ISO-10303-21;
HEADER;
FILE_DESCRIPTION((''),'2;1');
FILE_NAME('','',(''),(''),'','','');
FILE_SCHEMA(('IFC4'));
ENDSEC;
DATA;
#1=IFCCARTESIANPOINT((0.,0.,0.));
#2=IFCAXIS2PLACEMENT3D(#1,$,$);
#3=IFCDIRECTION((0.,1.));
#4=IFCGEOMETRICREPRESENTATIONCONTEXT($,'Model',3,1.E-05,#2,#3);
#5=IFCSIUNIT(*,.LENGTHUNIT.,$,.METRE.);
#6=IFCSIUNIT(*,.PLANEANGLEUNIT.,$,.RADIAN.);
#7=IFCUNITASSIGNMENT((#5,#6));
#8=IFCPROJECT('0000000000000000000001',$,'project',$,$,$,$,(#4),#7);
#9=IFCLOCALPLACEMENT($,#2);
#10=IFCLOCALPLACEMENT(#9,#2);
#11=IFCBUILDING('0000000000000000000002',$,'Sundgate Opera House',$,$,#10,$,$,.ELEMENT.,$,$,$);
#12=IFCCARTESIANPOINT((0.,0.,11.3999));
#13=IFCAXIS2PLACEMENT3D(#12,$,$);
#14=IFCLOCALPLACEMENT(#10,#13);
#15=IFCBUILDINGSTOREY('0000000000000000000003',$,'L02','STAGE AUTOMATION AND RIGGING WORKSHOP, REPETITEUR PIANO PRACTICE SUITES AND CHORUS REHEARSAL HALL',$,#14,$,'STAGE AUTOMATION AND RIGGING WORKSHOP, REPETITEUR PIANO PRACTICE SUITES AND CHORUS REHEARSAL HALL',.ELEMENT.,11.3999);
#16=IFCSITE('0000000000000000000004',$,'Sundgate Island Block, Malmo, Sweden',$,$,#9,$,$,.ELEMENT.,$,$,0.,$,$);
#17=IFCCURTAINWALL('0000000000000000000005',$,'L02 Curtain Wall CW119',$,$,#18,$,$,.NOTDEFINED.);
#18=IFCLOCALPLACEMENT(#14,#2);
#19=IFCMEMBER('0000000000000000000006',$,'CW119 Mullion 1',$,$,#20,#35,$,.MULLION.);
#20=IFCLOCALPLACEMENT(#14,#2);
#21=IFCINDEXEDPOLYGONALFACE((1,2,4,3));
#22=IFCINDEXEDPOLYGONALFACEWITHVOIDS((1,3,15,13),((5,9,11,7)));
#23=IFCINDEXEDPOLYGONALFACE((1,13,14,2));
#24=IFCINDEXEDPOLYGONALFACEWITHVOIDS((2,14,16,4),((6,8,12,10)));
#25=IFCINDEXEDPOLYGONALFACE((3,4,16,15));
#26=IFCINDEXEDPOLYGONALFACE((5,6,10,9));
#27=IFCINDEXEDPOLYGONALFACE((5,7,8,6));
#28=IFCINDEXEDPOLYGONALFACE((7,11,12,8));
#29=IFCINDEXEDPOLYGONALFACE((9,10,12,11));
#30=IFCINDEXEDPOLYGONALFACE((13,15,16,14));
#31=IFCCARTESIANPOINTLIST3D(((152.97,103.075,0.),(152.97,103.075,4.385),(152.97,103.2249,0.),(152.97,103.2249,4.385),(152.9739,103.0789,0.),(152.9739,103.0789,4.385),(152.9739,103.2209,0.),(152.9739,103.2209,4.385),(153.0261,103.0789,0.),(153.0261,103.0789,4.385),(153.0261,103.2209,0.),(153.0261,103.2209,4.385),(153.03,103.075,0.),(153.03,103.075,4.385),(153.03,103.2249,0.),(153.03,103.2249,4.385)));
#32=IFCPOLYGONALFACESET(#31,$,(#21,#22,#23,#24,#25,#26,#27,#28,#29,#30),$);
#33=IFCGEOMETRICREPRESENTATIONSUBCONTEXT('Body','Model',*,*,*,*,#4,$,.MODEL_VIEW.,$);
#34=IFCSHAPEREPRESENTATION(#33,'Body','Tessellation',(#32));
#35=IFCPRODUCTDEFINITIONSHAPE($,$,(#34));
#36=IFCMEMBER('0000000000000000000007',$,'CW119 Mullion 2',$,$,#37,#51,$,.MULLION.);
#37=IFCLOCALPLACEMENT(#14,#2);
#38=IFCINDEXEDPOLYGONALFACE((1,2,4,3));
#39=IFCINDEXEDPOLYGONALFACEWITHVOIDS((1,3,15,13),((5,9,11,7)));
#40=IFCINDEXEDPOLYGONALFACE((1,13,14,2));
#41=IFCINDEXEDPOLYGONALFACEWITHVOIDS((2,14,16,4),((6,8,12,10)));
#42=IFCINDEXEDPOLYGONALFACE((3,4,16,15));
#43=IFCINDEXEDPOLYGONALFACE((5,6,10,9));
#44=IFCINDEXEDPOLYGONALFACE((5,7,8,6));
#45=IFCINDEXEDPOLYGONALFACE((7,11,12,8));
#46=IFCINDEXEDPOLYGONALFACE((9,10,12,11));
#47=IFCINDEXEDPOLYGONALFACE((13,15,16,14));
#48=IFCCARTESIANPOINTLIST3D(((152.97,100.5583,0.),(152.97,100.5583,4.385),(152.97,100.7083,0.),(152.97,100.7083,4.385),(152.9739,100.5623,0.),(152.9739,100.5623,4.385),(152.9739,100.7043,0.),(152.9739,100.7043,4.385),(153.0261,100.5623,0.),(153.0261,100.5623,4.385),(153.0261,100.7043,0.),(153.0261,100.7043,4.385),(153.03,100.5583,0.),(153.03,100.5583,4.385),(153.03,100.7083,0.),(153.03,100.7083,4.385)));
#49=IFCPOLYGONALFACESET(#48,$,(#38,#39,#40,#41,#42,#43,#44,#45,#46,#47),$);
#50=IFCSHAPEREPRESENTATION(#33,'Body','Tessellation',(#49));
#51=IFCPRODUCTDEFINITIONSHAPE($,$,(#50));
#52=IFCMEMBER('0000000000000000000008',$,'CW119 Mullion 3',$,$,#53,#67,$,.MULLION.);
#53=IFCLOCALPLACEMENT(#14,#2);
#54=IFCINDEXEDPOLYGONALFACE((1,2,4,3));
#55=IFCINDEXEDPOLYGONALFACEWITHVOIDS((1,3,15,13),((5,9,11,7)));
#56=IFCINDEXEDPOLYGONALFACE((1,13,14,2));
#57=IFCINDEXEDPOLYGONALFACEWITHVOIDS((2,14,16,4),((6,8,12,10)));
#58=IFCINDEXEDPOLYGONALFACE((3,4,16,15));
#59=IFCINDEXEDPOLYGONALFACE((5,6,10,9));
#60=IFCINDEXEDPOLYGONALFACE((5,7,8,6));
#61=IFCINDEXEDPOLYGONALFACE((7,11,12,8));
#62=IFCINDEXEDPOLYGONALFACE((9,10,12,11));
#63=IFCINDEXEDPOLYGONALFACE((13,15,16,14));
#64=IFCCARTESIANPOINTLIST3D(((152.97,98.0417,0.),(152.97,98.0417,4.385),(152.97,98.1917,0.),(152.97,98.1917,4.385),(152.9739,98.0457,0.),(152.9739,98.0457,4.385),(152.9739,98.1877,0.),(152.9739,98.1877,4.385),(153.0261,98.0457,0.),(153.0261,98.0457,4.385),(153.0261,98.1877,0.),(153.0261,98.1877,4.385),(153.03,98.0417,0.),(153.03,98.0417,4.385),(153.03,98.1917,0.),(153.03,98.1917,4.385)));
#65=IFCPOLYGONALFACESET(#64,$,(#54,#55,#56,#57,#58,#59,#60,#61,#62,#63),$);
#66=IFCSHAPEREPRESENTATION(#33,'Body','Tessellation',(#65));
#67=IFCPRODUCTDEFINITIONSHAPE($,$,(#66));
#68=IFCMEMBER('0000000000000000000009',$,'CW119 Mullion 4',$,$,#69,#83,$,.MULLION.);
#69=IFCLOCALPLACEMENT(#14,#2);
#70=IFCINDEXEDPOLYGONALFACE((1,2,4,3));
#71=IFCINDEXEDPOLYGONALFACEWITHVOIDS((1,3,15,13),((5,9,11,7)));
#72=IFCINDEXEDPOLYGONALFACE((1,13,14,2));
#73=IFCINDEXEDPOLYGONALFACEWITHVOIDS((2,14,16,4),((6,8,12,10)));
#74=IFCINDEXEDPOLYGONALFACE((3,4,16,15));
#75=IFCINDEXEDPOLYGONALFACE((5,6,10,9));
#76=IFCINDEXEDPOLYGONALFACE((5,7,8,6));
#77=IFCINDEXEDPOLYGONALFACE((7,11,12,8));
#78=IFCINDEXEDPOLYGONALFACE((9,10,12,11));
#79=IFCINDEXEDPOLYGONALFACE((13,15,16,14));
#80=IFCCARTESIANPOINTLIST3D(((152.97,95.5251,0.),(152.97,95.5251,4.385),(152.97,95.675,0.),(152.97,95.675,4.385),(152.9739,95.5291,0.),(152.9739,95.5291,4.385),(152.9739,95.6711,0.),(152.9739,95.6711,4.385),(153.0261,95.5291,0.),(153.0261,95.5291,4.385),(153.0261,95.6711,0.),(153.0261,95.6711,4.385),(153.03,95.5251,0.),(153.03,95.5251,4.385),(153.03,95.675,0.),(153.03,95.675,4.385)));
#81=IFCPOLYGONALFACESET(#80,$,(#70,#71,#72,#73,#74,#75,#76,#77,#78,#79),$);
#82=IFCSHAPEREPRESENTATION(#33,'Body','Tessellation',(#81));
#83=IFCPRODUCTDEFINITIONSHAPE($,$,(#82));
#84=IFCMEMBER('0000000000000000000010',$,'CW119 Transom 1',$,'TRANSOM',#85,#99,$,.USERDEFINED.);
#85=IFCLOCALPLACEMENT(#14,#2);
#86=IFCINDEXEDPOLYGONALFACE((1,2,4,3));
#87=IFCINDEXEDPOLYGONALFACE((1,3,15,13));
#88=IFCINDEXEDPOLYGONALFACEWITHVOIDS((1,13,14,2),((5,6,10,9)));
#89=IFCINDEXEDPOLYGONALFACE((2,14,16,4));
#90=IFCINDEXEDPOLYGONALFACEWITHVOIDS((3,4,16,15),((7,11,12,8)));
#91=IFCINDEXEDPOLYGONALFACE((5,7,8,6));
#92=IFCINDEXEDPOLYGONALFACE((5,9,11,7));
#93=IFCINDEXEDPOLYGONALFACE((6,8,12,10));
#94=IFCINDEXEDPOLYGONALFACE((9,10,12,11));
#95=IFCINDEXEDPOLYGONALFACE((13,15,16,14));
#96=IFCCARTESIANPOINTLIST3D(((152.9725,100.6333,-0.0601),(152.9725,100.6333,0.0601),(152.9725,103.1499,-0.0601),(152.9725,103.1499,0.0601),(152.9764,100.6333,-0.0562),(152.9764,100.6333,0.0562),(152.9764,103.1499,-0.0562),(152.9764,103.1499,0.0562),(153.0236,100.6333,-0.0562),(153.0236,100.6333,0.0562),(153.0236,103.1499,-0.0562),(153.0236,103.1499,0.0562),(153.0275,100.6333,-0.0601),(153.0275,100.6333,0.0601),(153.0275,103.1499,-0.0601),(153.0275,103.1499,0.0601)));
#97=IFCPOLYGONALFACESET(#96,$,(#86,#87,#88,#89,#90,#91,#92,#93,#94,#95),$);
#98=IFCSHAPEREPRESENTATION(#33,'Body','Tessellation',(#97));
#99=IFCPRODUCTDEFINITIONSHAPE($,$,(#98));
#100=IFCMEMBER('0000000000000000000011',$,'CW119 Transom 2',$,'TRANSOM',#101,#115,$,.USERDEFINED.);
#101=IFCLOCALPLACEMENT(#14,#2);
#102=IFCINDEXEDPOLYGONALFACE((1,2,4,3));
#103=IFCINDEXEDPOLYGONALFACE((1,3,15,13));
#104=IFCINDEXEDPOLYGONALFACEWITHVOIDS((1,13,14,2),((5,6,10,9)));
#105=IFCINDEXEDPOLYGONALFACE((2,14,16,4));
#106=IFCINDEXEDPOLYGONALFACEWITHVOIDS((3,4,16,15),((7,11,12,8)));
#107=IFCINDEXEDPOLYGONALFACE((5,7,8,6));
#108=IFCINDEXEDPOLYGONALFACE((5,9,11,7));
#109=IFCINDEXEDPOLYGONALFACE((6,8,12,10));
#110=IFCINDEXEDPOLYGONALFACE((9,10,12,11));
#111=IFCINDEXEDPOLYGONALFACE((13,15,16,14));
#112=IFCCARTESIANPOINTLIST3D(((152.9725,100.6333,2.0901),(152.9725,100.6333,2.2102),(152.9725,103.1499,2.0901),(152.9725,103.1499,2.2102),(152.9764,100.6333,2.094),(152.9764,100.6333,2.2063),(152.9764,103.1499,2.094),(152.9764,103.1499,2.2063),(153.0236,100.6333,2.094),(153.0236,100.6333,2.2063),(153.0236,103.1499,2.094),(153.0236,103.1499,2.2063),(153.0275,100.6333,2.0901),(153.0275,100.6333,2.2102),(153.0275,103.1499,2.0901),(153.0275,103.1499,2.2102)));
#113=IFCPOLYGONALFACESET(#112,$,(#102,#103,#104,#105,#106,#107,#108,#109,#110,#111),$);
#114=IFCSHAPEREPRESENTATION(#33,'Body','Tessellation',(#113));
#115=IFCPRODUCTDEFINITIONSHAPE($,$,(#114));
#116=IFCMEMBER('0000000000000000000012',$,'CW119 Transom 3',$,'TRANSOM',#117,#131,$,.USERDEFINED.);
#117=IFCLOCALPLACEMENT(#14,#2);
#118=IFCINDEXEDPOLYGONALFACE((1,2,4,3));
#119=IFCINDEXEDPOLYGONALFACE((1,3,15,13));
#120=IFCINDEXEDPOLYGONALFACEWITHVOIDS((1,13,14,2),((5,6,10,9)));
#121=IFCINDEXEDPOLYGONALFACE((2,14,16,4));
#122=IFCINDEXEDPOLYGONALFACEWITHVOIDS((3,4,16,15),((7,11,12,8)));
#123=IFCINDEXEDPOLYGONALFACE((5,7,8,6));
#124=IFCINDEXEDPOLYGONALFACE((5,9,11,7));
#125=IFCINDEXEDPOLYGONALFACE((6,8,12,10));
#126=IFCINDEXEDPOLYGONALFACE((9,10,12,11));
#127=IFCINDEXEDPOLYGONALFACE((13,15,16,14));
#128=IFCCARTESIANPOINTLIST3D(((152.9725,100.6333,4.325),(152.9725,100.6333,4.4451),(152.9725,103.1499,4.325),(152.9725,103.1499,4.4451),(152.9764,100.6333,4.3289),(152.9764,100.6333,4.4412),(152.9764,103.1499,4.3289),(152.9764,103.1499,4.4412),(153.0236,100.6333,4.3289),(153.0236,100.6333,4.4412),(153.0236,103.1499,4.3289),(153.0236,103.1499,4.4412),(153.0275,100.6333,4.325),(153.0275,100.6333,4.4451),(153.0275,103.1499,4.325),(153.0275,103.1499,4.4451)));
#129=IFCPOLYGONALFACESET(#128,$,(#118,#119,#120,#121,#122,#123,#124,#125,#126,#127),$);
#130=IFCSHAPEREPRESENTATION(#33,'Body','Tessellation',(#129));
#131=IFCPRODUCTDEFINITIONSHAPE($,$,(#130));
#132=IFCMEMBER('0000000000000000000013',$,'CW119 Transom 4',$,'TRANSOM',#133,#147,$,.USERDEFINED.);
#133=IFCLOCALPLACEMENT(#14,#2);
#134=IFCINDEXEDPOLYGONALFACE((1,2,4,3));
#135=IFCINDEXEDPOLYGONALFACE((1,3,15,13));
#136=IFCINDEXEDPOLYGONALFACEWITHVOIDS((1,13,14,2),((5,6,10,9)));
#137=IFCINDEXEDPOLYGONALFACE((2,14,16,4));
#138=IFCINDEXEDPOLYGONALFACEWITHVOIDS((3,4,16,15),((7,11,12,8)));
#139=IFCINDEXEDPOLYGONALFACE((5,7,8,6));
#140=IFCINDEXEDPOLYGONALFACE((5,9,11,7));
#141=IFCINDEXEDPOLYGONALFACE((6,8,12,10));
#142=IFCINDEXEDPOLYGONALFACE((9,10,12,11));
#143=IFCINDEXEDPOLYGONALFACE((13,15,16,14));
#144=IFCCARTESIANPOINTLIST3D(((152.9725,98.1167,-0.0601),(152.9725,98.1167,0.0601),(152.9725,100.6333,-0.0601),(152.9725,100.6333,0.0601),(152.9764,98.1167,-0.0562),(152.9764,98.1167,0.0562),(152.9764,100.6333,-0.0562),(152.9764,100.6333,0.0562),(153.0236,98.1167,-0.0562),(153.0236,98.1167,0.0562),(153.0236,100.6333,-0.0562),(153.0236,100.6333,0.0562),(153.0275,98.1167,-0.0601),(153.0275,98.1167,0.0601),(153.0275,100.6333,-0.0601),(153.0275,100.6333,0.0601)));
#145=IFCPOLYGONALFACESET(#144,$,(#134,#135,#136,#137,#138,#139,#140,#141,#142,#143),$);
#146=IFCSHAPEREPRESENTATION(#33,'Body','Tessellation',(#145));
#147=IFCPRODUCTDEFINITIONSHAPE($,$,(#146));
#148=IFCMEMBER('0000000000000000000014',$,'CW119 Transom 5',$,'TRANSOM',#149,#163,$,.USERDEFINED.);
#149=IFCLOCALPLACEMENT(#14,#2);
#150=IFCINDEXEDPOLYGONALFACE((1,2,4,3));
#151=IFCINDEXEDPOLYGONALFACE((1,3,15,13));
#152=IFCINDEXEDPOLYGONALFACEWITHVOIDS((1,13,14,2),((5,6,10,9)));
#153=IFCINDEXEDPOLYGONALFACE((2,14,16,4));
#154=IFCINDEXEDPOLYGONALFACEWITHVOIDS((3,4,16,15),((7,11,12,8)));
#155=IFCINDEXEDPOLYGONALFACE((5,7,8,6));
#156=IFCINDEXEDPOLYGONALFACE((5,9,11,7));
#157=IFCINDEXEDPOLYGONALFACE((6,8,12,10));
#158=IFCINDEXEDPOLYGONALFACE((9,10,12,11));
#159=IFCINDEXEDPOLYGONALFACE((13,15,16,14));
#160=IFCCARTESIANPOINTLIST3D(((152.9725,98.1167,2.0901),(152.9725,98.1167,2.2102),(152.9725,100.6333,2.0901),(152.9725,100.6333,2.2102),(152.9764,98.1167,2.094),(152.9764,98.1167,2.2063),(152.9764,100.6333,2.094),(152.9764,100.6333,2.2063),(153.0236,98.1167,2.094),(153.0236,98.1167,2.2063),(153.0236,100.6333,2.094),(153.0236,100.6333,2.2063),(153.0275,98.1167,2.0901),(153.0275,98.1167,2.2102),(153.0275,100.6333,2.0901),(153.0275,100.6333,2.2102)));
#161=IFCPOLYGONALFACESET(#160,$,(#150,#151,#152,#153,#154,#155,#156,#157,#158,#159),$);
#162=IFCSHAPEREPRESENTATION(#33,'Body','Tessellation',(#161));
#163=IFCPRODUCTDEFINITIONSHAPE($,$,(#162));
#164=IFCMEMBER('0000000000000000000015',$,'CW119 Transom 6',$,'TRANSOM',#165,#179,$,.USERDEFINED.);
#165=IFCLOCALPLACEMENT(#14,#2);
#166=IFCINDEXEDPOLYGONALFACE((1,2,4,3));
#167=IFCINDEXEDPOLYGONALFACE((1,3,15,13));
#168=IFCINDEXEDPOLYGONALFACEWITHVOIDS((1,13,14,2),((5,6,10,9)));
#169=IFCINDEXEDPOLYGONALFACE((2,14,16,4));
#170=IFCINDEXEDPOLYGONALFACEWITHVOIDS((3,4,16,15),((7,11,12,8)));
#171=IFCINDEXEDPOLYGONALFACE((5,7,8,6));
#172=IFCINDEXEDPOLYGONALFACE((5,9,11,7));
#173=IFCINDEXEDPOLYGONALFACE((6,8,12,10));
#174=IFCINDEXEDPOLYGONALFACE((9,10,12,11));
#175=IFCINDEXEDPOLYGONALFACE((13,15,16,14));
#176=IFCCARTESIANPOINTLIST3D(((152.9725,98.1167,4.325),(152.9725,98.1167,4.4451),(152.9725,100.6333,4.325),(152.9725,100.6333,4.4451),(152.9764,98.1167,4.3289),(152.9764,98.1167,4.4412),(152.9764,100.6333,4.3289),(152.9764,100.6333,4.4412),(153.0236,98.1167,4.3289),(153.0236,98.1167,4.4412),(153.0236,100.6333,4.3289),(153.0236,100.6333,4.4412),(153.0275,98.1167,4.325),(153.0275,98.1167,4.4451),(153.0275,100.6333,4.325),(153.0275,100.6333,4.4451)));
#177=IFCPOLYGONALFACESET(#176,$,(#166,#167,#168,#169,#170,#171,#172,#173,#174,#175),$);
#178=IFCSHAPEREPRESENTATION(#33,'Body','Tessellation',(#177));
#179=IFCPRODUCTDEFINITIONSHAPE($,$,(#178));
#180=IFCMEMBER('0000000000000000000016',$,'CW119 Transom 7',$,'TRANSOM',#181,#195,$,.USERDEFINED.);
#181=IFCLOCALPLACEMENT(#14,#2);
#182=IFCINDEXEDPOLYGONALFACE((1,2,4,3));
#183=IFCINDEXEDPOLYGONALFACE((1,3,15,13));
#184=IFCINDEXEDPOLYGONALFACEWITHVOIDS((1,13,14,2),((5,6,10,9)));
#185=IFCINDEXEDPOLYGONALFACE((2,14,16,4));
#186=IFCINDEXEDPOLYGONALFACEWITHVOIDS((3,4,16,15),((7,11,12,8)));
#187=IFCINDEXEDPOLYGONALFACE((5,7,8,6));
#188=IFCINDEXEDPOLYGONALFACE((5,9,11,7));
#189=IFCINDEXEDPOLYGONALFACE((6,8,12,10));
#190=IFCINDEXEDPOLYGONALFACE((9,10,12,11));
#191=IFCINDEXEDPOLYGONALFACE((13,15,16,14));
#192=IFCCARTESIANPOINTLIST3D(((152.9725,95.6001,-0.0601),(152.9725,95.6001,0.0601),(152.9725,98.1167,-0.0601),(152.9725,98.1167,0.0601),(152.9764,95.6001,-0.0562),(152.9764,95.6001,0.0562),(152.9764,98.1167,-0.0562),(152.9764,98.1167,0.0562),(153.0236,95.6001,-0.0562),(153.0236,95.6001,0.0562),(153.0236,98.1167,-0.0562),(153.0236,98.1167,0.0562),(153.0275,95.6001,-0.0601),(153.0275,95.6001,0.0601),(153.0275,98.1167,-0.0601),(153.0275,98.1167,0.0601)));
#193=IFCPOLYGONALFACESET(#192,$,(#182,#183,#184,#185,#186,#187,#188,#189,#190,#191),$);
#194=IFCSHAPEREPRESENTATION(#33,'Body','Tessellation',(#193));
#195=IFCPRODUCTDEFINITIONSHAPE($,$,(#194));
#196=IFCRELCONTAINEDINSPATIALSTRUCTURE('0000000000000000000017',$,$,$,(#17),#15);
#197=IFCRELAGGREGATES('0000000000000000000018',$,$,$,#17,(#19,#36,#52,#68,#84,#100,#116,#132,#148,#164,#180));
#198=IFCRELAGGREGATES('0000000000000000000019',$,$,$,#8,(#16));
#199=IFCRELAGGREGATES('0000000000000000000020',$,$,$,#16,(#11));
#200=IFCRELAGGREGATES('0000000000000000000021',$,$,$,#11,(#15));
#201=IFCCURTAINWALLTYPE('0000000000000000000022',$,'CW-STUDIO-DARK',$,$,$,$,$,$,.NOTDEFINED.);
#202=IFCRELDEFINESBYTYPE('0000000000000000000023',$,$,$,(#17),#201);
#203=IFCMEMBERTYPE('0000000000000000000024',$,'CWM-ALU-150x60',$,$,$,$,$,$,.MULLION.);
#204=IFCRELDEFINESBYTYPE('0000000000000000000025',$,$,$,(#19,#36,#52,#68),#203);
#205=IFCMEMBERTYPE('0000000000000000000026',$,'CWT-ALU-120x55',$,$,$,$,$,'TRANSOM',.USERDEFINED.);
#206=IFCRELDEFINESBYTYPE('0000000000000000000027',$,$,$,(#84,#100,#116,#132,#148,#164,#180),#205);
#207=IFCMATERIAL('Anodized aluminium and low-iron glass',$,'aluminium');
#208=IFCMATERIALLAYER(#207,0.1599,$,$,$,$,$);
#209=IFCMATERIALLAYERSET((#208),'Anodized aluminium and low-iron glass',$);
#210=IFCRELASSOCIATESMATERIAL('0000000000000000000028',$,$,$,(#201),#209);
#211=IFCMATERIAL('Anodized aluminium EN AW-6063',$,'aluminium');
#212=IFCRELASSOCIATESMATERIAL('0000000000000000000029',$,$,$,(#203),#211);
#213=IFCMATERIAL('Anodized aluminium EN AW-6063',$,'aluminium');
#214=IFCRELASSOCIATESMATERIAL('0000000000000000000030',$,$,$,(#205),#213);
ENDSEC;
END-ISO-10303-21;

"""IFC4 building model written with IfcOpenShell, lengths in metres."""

from ifc_helpers import new_model, si_unit, direction, frame, origin, origin_2d, place, context, subcontext, project, spatial, hollow_rectangle, extrude, material, layer, layer_set, material_profile, profile_set, type_object, element, aggregate, save


model = new_model("IFC4")

# Units and contexts
model_context = context("Model", 3, precision=1e-05, world=origin(), true_north=direction((0.0, 1.0)))
body_context = subcontext(model_context, "Body", "Model", "MODEL_VIEW")
ifc_project = project(units=[si_unit("LENGTHUNIT", "METRE"), si_unit("PLANEANGLEUNIT", "RADIAN")], contexts=[model_context])

# Site, building, storey
site_placement = place(None, origin())
site = spatial("IfcSite", under=ifc_project, at=site_placement, Name="Sundgate Island Block, Malmo, Sweden", CompositionType="ELEMENT", RefElevation=0.0)
building_placement = place(site_placement, origin())
building = spatial("IfcBuilding", under=site, at=building_placement, Name="Sundgate Opera House", CompositionType="ELEMENT")
storey_placement = place(building_placement, frame((0.0, 0.0, 11.3999)))
storey = spatial("IfcBuildingStorey", under=building, at=storey_placement, Name="L02", Description="STAGE AUTOMATION AND RIGGING WORKSHOP, REPETITEUR PIANO PRACTICE SUITES AND CHORUS REHEARSAL HALL", LongName="STAGE AUTOMATION AND RIGGING WORKSHOP, REPETITEUR PIANO PRACTICE SUITES AND CHORUS REHEARSAL HALL", CompositionType="ELEMENT", Elevation=11.3999)

# Curtain wall, members
ifc_material_1 = material(Name="Anodized aluminium and low-iron glass", Category="aluminium")
ifc_layer_1 = layer(ifc_material_1, 0.1599)
ifc_layer_set_1 = layer_set([ifc_layer_1], Name="Anodized aluminium and low-iron glass")
curtain_wall_type = type_object("IfcCurtainWallType", Name="CW-STUDIO-DARK", PredefinedType="NOTDEFINED", material=ifc_layer_set_1)
curtain_wall_placement = place(storey_placement, origin())
curtain_wall = element("IfcCurtainWall", 1, at=curtain_wall_placement, inside=storey, type_object=curtain_wall_type, Name="L02 Curtain Wall CW119", PredefinedType="NOTDEFINED")
ifc_material_2 = material(Name="Anodized aluminium EN AW-6063", Category="aluminium")
ifc_material_profile_1 = material_profile(ifc_material_2, hollow_rectangle(XDim=0.0601, YDim=0.1499, WallThickness=0.0039, at=origin_2d()), Name="CWM 150x60x4")
ifc_profile_set_1 = profile_set([ifc_material_profile_1], Name="Anodized aluminium EN AW-6063")
member_type_1 = type_object("IfcMemberType", Name="CWM-ALU-150x60", PredefinedType="MULLION", material=ifc_profile_set_1)
member_1_placement = place(storey_placement, frame((153.0, 103.1499, 0.0), z_axis=(0.0, 0.0, 1.0), x_axis=(1.0, 0.0, 0.0)))
member_1 = element("IfcMember", 2, at=member_1_placement, type_object=member_type_1, Name="CW119 Mullion 1", PredefinedType="MULLION", context=body_context, shape_type="SweptSolid", body=[
    extrude(hollow_rectangle(XDim=0.0601, YDim=0.1499, WallThickness=0.0039, at=origin_2d()), origin(), (0.0, 0.0, 1.0), 4.385),
])
member_2_placement = place(storey_placement, frame((153.0, 100.6333, 0.0), z_axis=(0.0, 0.0, 1.0), x_axis=(1.0, 0.0, 0.0)))
member_2 = element("IfcMember", 3, at=member_2_placement, type_object=member_type_1, Name="CW119 Mullion 2", PredefinedType="MULLION", context=body_context, shape_type="SweptSolid", body=[
    extrude(hollow_rectangle(XDim=0.0601, YDim=0.1499, WallThickness=0.0039, at=origin_2d()), origin(), (0.0, 0.0, 1.0), 4.385),
])
member_3_placement = place(storey_placement, frame((153.0, 98.1167, 0.0), z_axis=(0.0, 0.0, 1.0), x_axis=(1.0, 0.0, 0.0)))
member_3 = element("IfcMember", 4, at=member_3_placement, type_object=member_type_1, Name="CW119 Mullion 3", PredefinedType="MULLION", context=body_context, shape_type="SweptSolid", body=[
    extrude(hollow_rectangle(XDim=0.0601, YDim=0.1499, WallThickness=0.0039, at=origin_2d()), origin(), (0.0, 0.0, 1.0), 4.385),
])
member_4_placement = place(storey_placement, frame((153.0, 95.6001, 0.0), z_axis=(0.0, 0.0, 1.0), x_axis=(1.0, 0.0, 0.0)))
member_4 = element("IfcMember", 5, at=member_4_placement, type_object=member_type_1, Name="CW119 Mullion 4", PredefinedType="MULLION", context=body_context, shape_type="SweptSolid", body=[
    extrude(hollow_rectangle(XDim=0.0601, YDim=0.1499, WallThickness=0.0039, at=origin_2d()), origin(), (0.0, 0.0, 1.0), 4.385),
])
ifc_material_3 = material(Name="Anodized aluminium EN AW-6063", Category="aluminium")
ifc_material_profile_2 = material_profile(ifc_material_3, hollow_rectangle(XDim=0.0549, YDim=0.1201, WallThickness=0.0039, at=origin_2d()), Name="CWT 120x55x4")
ifc_profile_set_2 = profile_set([ifc_material_profile_2], Name="Anodized aluminium EN AW-6063")
member_type_2 = type_object("IfcMemberType", Name="CWT-ALU-120x55", ElementType="TRANSOM", PredefinedType="USERDEFINED", material=ifc_profile_set_2)
member_5_placement = place(storey_placement, frame((153.0, 103.1499, 0.0), z_axis=(0.0, -1.0, 0.0), x_axis=(1.0, 0.0, 0.0)))
member_5 = element("IfcMember", 6, at=member_5_placement, type_object=member_type_2, Name="CW119 Transom 1", ObjectType="TRANSOM", PredefinedType="USERDEFINED", context=body_context, shape_type="SweptSolid", body=[
    extrude(hollow_rectangle(XDim=0.0549, YDim=0.1201, WallThickness=0.0039, at=origin_2d()), origin(), (0.0, 0.0, 1.0), 2.5166),
])
member_6_placement = place(storey_placement, frame((153.0, 103.1499, 2.1501), z_axis=(0.0, -1.0, 0.0), x_axis=(1.0, 0.0, 0.0)))
member_6 = element("IfcMember", 7, at=member_6_placement, type_object=member_type_2, Name="CW119 Transom 2", ObjectType="TRANSOM", PredefinedType="USERDEFINED", context=body_context, shape_type="SweptSolid", body=[
    extrude(hollow_rectangle(XDim=0.0549, YDim=0.1201, WallThickness=0.0039, at=origin_2d()), origin(), (0.0, 0.0, 1.0), 2.5166),
])
member_7_placement = place(storey_placement, frame((153.0, 103.1499, 4.385), z_axis=(0.0, -1.0, 0.0), x_axis=(1.0, 0.0, 0.0)))
member_7 = element("IfcMember", 8, at=member_7_placement, type_object=member_type_2, Name="CW119 Transom 3", ObjectType="TRANSOM", PredefinedType="USERDEFINED", context=body_context, shape_type="SweptSolid", body=[
    extrude(hollow_rectangle(XDim=0.0549, YDim=0.1201, WallThickness=0.0039, at=origin_2d()), origin(), (0.0, 0.0, 1.0), 2.5166),
])
member_8_placement = place(storey_placement, frame((153.0, 100.6333, 0.0), z_axis=(0.0, -1.0, 0.0), x_axis=(1.0, 0.0, 0.0)))
member_8 = element("IfcMember", 9, at=member_8_placement, type_object=member_type_2, Name="CW119 Transom 4", ObjectType="TRANSOM", PredefinedType="USERDEFINED", context=body_context, shape_type="SweptSolid", body=[
    extrude(hollow_rectangle(XDim=0.0549, YDim=0.1201, WallThickness=0.0039, at=origin_2d()), origin(), (0.0, 0.0, 1.0), 2.5166),
])
member_9_placement = place(storey_placement, frame((153.0, 100.6333, 2.1501), z_axis=(0.0, -1.0, 0.0), x_axis=(1.0, 0.0, 0.0)))
member_9 = element("IfcMember", 10, at=member_9_placement, type_object=member_type_2, Name="CW119 Transom 5", ObjectType="TRANSOM", PredefinedType="USERDEFINED", context=body_context, shape_type="SweptSolid", body=[
    extrude(hollow_rectangle(XDim=0.0549, YDim=0.1201, WallThickness=0.0039, at=origin_2d()), origin(), (0.0, 0.0, 1.0), 2.5166),
])
member_10_placement = place(storey_placement, frame((153.0, 100.6333, 4.385), z_axis=(0.0, -1.0, 0.0), x_axis=(1.0, 0.0, 0.0)))
member_10 = element("IfcMember", 11, at=member_10_placement, type_object=member_type_2, Name="CW119 Transom 6", ObjectType="TRANSOM", PredefinedType="USERDEFINED", context=body_context, shape_type="SweptSolid", body=[
    extrude(hollow_rectangle(XDim=0.0549, YDim=0.1201, WallThickness=0.0039, at=origin_2d()), origin(), (0.0, 0.0, 1.0), 2.5166),
])
member_11_placement = place(storey_placement, frame((153.0, 98.1167, 0.0), z_axis=(0.0, -1.0, 0.0), x_axis=(1.0, 0.0, 0.0)))
member_11 = element("IfcMember", 12, at=member_11_placement, type_object=member_type_2, Name="CW119 Transom 7", ObjectType="TRANSOM", PredefinedType="USERDEFINED", context=body_context, shape_type="SweptSolid", body=[
    extrude(hollow_rectangle(XDim=0.0549, YDim=0.1201, WallThickness=0.0039, at=origin_2d()), origin(), (0.0, 0.0, 1.0), 2.5166),
])
aggregate(curtain_wall, [member_1, member_2, member_3, member_4, member_5, member_6, member_7, member_8, member_9, member_10, member_11])

save(model, "model.ifc")
